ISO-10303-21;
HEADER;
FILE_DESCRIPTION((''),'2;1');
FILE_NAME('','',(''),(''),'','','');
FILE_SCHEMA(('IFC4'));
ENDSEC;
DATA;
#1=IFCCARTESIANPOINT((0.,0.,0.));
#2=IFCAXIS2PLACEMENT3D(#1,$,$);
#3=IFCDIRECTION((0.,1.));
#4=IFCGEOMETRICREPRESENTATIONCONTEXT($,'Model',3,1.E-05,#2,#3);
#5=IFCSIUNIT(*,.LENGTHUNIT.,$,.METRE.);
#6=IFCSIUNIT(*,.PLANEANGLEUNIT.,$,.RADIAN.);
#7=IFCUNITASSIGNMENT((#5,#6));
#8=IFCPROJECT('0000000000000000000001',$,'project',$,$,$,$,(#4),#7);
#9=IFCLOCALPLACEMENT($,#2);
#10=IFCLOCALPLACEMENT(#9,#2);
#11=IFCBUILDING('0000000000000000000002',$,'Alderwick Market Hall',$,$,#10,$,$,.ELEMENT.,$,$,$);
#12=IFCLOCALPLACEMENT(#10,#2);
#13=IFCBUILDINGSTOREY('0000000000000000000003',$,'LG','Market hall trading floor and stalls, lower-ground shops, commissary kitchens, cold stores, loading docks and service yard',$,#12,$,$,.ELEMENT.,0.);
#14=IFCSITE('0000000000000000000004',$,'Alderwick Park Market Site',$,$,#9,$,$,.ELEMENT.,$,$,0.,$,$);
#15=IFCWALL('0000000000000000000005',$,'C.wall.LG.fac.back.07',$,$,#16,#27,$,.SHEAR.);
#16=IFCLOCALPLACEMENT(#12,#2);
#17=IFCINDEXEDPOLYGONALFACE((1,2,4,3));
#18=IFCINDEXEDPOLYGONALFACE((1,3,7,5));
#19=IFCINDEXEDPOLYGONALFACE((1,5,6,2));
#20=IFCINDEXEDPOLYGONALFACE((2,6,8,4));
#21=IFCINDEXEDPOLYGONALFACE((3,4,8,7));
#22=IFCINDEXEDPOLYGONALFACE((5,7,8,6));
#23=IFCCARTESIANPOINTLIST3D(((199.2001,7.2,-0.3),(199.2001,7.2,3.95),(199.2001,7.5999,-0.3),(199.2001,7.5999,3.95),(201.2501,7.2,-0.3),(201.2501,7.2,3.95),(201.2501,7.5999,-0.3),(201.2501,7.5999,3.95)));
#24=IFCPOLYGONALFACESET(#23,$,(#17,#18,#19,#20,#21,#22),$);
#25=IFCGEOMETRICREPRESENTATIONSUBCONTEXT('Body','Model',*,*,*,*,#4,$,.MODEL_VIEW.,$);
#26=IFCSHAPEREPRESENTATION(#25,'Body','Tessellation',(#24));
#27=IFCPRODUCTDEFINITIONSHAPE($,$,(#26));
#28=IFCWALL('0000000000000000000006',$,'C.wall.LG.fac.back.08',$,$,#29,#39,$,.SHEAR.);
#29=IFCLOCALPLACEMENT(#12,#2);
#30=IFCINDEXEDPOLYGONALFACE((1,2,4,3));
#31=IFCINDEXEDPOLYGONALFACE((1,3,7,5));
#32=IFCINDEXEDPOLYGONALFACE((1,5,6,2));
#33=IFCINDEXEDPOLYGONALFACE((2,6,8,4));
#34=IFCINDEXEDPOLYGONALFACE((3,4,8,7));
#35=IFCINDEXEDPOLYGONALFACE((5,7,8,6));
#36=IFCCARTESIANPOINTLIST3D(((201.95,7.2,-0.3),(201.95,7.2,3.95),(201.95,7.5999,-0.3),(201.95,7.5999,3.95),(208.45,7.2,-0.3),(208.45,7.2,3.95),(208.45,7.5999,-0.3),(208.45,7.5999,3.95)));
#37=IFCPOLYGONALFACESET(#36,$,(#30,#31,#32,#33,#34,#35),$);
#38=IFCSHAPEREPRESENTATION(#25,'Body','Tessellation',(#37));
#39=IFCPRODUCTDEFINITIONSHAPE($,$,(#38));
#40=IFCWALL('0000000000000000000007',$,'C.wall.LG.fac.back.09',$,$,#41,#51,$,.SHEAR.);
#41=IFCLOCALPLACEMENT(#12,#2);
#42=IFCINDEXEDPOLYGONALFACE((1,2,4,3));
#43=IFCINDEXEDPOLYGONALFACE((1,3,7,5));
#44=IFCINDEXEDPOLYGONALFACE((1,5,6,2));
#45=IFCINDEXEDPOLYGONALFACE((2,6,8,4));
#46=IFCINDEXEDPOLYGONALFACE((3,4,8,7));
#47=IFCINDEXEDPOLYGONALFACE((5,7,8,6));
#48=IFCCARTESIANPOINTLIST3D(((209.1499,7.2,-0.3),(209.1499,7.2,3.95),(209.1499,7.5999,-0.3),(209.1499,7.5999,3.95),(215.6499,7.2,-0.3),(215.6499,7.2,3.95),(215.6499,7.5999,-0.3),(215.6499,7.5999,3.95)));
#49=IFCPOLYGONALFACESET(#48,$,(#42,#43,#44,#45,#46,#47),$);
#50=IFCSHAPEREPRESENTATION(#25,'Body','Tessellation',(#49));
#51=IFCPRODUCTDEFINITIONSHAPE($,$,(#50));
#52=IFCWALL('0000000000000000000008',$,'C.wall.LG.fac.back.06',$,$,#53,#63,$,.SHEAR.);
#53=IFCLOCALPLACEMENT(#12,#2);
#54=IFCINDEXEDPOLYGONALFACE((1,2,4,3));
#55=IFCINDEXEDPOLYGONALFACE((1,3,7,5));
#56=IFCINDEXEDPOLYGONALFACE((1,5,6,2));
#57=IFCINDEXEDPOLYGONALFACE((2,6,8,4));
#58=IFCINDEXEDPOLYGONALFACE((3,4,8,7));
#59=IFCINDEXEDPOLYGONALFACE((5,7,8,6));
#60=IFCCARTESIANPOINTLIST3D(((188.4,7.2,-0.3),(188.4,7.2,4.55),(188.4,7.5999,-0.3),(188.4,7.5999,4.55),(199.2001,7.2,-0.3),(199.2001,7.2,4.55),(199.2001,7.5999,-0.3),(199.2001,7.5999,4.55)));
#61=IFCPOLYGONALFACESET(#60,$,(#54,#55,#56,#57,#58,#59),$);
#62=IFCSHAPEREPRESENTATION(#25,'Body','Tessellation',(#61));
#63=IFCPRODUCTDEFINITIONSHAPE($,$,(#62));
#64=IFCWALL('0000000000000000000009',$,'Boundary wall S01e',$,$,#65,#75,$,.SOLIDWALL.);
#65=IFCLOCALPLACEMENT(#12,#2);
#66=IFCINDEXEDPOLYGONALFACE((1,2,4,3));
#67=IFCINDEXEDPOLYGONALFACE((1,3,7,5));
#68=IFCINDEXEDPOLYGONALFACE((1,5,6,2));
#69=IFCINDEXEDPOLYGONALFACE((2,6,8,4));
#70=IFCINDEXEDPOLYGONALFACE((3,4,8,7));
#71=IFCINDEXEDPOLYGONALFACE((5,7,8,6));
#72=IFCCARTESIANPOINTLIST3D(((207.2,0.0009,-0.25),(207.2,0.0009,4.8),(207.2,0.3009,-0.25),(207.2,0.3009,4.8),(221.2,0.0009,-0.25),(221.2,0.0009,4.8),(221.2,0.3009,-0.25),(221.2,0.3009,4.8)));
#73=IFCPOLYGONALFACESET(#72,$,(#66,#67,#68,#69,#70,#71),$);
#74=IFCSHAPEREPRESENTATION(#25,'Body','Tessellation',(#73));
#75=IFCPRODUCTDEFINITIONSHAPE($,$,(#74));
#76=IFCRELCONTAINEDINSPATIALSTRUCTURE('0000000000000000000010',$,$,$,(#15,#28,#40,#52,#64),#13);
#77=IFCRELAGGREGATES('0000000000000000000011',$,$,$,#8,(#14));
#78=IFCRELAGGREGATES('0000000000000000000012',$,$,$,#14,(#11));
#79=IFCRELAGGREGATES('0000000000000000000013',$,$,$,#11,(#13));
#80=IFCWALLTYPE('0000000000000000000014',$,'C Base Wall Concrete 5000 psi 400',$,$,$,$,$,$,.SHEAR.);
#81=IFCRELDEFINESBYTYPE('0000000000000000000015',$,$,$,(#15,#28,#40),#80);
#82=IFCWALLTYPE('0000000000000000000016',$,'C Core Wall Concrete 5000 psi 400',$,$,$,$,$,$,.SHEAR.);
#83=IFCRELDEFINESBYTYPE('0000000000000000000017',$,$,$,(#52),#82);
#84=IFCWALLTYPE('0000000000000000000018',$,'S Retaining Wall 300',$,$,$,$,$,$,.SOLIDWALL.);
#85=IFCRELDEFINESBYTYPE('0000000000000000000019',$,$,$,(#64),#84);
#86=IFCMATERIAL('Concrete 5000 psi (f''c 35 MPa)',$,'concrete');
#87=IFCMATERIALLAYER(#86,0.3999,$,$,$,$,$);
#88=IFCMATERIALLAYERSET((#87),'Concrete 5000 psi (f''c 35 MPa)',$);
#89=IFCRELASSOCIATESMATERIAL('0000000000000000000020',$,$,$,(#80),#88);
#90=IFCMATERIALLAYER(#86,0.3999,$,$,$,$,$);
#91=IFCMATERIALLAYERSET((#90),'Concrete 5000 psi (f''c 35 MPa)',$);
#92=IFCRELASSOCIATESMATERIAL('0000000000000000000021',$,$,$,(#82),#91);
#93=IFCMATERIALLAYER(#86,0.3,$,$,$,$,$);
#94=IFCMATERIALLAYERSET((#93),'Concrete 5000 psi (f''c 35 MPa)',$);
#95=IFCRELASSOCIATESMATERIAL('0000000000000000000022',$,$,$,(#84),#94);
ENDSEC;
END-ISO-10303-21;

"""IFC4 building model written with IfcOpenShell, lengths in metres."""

from ifc_helpers import new_model, si_unit, direction, frame, frame_2d, origin, place, context, subcontext, project, spatial, rectangle, extrude, material, layer, layer_set, type_object, element, save


model = new_model("IFC4")

# Units and contexts
model_context = context("Model", 3, precision=1e-05, world=origin(), true_north=direction((0.0, 1.0)))
body_context = subcontext(model_context, "Body", "Model", "MODEL_VIEW")
ifc_project = project(units=[si_unit("LENGTHUNIT", "METRE"), si_unit("PLANEANGLEUNIT", "RADIAN")], contexts=[model_context])

# Site, building, storey
site_placement = place(None, origin())
site = spatial("IfcSite", under=ifc_project, at=site_placement, Name="Alderwick Park Market Site", CompositionType="ELEMENT", RefElevation=0.0)
building_placement = place(site_placement, origin())
building = spatial("IfcBuilding", under=site, at=building_placement, Name="Alderwick Market Hall", CompositionType="ELEMENT")
storey_placement = place(building_placement, origin())
storey = spatial("IfcBuildingStorey", under=building, at=storey_placement, Name="LG", Description="Market hall trading floor and stalls, lower-ground shops, commissary kitchens, cold stores, loading docks and service yard", CompositionType="ELEMENT", Elevation=0.0)

# Shared definitions
ifc_material_1 = material(Name="Concrete 5000 psi (f'c 35 MPa)", Category="concrete")

# Walls
ifc_layer_1 = layer(ifc_material_1, 0.3999)
ifc_layer_set_1 = layer_set([ifc_layer_1], Name="Concrete 5000 psi (f'c 35 MPa)")
wall_type_1 = type_object("IfcWallType", Name="C Base Wall Concrete 5000 psi 400", PredefinedType="SHEAR", material=ifc_layer_set_1)
wall_1_placement = place(storey_placement, frame((201.25, 7.3999, -0.3), z_axis=(0.0, 0.0, 1.0), x_axis=(-1.0, 0.0, 0.0)))
element("IfcWall", 1, at=wall_1_placement, inside=storey, type_object=wall_type_1, Name="C.wall.LG.fac.back.07", PredefinedType="SHEAR", context=body_context, shape_type="SweptSolid", body=[
    extrude(rectangle(XDim=2.05, YDim=0.3999, at=frame_2d((1.0249, 0.0))), origin(), (0.0, 0.0, 1.0), 4.25),
])
for number, where, z_axis, x_axis, name in (
    (2, (208.45, 7.3999, -0.3), (0.0, 0.0, 1.0), (-1.0, 0.0, 0.0), "C.wall.LG.fac.back.08"),
    (3, (215.6499, 7.3999, -0.3), (0.0, 0.0, 1.0), (-1.0, 0.0, 0.0), "C.wall.LG.fac.back.09"),
):
    element("IfcWall", number, at=place(storey_placement, frame(where, z_axis=z_axis, x_axis=x_axis)), inside=storey, type_object=wall_type_1, Name=name, PredefinedType="SHEAR", context=body_context, shape_type="SweptSolid", body=[
        extrude(rectangle(XDim=6.5, YDim=0.3999, at=frame_2d((3.25, 0.0))), origin(), (0.0, 0.0, 1.0), 4.25),
    ])
ifc_layer_2 = layer(ifc_material_1, 0.3999)
ifc_layer_set_2 = layer_set([ifc_layer_2], Name="Concrete 5000 psi (f'c 35 MPa)")
wall_type_2 = type_object("IfcWallType", Name="C Core Wall Concrete 5000 psi 400", PredefinedType="SHEAR", material=ifc_layer_set_2)
wall_2_placement = place(storey_placement, frame((199.2, 7.3999, -0.3), z_axis=(0.0, 0.0, 1.0), x_axis=(-1.0, 0.0, 0.0)))
element("IfcWall", 4, at=wall_2_placement, inside=storey, type_object=wall_type_2, Name="C.wall.LG.fac.back.06", PredefinedType="SHEAR", context=body_context, shape_type="SweptSolid", body=[
    extrude(rectangle(XDim=10.8, YDim=0.3999, at=frame_2d((5.3999, 0.0))), origin(), (0.0, 0.0, 1.0), 4.8501),
])
ifc_layer_3 = layer(ifc_material_1, 0.3)
ifc_layer_set_3 = layer_set([ifc_layer_3], Name="Concrete 5000 psi (f'c 35 MPa)")
wall_type_3 = type_object("IfcWallType", Name="S Retaining Wall 300", PredefinedType="SOLIDWALL", material=ifc_layer_set_3)
wall_3_placement = place(storey_placement, frame((207.2, 0.1509, -0.25), z_axis=(0.0, 0.0, 1.0), x_axis=(1.0, 0.0, 0.0)))
element("IfcWall", 5, at=wall_3_placement, inside=storey, type_object=wall_type_3, Name="Boundary wall S01e", PredefinedType="SOLIDWALL", context=body_context, shape_type="SweptSolid", body=[
    extrude(rectangle(XDim=14.0, YDim=0.3, at=frame_2d((7.0, 0.0))), origin(), (0.0, 0.0, 1.0), 5.05),
])

save(model, "model.ifc")
